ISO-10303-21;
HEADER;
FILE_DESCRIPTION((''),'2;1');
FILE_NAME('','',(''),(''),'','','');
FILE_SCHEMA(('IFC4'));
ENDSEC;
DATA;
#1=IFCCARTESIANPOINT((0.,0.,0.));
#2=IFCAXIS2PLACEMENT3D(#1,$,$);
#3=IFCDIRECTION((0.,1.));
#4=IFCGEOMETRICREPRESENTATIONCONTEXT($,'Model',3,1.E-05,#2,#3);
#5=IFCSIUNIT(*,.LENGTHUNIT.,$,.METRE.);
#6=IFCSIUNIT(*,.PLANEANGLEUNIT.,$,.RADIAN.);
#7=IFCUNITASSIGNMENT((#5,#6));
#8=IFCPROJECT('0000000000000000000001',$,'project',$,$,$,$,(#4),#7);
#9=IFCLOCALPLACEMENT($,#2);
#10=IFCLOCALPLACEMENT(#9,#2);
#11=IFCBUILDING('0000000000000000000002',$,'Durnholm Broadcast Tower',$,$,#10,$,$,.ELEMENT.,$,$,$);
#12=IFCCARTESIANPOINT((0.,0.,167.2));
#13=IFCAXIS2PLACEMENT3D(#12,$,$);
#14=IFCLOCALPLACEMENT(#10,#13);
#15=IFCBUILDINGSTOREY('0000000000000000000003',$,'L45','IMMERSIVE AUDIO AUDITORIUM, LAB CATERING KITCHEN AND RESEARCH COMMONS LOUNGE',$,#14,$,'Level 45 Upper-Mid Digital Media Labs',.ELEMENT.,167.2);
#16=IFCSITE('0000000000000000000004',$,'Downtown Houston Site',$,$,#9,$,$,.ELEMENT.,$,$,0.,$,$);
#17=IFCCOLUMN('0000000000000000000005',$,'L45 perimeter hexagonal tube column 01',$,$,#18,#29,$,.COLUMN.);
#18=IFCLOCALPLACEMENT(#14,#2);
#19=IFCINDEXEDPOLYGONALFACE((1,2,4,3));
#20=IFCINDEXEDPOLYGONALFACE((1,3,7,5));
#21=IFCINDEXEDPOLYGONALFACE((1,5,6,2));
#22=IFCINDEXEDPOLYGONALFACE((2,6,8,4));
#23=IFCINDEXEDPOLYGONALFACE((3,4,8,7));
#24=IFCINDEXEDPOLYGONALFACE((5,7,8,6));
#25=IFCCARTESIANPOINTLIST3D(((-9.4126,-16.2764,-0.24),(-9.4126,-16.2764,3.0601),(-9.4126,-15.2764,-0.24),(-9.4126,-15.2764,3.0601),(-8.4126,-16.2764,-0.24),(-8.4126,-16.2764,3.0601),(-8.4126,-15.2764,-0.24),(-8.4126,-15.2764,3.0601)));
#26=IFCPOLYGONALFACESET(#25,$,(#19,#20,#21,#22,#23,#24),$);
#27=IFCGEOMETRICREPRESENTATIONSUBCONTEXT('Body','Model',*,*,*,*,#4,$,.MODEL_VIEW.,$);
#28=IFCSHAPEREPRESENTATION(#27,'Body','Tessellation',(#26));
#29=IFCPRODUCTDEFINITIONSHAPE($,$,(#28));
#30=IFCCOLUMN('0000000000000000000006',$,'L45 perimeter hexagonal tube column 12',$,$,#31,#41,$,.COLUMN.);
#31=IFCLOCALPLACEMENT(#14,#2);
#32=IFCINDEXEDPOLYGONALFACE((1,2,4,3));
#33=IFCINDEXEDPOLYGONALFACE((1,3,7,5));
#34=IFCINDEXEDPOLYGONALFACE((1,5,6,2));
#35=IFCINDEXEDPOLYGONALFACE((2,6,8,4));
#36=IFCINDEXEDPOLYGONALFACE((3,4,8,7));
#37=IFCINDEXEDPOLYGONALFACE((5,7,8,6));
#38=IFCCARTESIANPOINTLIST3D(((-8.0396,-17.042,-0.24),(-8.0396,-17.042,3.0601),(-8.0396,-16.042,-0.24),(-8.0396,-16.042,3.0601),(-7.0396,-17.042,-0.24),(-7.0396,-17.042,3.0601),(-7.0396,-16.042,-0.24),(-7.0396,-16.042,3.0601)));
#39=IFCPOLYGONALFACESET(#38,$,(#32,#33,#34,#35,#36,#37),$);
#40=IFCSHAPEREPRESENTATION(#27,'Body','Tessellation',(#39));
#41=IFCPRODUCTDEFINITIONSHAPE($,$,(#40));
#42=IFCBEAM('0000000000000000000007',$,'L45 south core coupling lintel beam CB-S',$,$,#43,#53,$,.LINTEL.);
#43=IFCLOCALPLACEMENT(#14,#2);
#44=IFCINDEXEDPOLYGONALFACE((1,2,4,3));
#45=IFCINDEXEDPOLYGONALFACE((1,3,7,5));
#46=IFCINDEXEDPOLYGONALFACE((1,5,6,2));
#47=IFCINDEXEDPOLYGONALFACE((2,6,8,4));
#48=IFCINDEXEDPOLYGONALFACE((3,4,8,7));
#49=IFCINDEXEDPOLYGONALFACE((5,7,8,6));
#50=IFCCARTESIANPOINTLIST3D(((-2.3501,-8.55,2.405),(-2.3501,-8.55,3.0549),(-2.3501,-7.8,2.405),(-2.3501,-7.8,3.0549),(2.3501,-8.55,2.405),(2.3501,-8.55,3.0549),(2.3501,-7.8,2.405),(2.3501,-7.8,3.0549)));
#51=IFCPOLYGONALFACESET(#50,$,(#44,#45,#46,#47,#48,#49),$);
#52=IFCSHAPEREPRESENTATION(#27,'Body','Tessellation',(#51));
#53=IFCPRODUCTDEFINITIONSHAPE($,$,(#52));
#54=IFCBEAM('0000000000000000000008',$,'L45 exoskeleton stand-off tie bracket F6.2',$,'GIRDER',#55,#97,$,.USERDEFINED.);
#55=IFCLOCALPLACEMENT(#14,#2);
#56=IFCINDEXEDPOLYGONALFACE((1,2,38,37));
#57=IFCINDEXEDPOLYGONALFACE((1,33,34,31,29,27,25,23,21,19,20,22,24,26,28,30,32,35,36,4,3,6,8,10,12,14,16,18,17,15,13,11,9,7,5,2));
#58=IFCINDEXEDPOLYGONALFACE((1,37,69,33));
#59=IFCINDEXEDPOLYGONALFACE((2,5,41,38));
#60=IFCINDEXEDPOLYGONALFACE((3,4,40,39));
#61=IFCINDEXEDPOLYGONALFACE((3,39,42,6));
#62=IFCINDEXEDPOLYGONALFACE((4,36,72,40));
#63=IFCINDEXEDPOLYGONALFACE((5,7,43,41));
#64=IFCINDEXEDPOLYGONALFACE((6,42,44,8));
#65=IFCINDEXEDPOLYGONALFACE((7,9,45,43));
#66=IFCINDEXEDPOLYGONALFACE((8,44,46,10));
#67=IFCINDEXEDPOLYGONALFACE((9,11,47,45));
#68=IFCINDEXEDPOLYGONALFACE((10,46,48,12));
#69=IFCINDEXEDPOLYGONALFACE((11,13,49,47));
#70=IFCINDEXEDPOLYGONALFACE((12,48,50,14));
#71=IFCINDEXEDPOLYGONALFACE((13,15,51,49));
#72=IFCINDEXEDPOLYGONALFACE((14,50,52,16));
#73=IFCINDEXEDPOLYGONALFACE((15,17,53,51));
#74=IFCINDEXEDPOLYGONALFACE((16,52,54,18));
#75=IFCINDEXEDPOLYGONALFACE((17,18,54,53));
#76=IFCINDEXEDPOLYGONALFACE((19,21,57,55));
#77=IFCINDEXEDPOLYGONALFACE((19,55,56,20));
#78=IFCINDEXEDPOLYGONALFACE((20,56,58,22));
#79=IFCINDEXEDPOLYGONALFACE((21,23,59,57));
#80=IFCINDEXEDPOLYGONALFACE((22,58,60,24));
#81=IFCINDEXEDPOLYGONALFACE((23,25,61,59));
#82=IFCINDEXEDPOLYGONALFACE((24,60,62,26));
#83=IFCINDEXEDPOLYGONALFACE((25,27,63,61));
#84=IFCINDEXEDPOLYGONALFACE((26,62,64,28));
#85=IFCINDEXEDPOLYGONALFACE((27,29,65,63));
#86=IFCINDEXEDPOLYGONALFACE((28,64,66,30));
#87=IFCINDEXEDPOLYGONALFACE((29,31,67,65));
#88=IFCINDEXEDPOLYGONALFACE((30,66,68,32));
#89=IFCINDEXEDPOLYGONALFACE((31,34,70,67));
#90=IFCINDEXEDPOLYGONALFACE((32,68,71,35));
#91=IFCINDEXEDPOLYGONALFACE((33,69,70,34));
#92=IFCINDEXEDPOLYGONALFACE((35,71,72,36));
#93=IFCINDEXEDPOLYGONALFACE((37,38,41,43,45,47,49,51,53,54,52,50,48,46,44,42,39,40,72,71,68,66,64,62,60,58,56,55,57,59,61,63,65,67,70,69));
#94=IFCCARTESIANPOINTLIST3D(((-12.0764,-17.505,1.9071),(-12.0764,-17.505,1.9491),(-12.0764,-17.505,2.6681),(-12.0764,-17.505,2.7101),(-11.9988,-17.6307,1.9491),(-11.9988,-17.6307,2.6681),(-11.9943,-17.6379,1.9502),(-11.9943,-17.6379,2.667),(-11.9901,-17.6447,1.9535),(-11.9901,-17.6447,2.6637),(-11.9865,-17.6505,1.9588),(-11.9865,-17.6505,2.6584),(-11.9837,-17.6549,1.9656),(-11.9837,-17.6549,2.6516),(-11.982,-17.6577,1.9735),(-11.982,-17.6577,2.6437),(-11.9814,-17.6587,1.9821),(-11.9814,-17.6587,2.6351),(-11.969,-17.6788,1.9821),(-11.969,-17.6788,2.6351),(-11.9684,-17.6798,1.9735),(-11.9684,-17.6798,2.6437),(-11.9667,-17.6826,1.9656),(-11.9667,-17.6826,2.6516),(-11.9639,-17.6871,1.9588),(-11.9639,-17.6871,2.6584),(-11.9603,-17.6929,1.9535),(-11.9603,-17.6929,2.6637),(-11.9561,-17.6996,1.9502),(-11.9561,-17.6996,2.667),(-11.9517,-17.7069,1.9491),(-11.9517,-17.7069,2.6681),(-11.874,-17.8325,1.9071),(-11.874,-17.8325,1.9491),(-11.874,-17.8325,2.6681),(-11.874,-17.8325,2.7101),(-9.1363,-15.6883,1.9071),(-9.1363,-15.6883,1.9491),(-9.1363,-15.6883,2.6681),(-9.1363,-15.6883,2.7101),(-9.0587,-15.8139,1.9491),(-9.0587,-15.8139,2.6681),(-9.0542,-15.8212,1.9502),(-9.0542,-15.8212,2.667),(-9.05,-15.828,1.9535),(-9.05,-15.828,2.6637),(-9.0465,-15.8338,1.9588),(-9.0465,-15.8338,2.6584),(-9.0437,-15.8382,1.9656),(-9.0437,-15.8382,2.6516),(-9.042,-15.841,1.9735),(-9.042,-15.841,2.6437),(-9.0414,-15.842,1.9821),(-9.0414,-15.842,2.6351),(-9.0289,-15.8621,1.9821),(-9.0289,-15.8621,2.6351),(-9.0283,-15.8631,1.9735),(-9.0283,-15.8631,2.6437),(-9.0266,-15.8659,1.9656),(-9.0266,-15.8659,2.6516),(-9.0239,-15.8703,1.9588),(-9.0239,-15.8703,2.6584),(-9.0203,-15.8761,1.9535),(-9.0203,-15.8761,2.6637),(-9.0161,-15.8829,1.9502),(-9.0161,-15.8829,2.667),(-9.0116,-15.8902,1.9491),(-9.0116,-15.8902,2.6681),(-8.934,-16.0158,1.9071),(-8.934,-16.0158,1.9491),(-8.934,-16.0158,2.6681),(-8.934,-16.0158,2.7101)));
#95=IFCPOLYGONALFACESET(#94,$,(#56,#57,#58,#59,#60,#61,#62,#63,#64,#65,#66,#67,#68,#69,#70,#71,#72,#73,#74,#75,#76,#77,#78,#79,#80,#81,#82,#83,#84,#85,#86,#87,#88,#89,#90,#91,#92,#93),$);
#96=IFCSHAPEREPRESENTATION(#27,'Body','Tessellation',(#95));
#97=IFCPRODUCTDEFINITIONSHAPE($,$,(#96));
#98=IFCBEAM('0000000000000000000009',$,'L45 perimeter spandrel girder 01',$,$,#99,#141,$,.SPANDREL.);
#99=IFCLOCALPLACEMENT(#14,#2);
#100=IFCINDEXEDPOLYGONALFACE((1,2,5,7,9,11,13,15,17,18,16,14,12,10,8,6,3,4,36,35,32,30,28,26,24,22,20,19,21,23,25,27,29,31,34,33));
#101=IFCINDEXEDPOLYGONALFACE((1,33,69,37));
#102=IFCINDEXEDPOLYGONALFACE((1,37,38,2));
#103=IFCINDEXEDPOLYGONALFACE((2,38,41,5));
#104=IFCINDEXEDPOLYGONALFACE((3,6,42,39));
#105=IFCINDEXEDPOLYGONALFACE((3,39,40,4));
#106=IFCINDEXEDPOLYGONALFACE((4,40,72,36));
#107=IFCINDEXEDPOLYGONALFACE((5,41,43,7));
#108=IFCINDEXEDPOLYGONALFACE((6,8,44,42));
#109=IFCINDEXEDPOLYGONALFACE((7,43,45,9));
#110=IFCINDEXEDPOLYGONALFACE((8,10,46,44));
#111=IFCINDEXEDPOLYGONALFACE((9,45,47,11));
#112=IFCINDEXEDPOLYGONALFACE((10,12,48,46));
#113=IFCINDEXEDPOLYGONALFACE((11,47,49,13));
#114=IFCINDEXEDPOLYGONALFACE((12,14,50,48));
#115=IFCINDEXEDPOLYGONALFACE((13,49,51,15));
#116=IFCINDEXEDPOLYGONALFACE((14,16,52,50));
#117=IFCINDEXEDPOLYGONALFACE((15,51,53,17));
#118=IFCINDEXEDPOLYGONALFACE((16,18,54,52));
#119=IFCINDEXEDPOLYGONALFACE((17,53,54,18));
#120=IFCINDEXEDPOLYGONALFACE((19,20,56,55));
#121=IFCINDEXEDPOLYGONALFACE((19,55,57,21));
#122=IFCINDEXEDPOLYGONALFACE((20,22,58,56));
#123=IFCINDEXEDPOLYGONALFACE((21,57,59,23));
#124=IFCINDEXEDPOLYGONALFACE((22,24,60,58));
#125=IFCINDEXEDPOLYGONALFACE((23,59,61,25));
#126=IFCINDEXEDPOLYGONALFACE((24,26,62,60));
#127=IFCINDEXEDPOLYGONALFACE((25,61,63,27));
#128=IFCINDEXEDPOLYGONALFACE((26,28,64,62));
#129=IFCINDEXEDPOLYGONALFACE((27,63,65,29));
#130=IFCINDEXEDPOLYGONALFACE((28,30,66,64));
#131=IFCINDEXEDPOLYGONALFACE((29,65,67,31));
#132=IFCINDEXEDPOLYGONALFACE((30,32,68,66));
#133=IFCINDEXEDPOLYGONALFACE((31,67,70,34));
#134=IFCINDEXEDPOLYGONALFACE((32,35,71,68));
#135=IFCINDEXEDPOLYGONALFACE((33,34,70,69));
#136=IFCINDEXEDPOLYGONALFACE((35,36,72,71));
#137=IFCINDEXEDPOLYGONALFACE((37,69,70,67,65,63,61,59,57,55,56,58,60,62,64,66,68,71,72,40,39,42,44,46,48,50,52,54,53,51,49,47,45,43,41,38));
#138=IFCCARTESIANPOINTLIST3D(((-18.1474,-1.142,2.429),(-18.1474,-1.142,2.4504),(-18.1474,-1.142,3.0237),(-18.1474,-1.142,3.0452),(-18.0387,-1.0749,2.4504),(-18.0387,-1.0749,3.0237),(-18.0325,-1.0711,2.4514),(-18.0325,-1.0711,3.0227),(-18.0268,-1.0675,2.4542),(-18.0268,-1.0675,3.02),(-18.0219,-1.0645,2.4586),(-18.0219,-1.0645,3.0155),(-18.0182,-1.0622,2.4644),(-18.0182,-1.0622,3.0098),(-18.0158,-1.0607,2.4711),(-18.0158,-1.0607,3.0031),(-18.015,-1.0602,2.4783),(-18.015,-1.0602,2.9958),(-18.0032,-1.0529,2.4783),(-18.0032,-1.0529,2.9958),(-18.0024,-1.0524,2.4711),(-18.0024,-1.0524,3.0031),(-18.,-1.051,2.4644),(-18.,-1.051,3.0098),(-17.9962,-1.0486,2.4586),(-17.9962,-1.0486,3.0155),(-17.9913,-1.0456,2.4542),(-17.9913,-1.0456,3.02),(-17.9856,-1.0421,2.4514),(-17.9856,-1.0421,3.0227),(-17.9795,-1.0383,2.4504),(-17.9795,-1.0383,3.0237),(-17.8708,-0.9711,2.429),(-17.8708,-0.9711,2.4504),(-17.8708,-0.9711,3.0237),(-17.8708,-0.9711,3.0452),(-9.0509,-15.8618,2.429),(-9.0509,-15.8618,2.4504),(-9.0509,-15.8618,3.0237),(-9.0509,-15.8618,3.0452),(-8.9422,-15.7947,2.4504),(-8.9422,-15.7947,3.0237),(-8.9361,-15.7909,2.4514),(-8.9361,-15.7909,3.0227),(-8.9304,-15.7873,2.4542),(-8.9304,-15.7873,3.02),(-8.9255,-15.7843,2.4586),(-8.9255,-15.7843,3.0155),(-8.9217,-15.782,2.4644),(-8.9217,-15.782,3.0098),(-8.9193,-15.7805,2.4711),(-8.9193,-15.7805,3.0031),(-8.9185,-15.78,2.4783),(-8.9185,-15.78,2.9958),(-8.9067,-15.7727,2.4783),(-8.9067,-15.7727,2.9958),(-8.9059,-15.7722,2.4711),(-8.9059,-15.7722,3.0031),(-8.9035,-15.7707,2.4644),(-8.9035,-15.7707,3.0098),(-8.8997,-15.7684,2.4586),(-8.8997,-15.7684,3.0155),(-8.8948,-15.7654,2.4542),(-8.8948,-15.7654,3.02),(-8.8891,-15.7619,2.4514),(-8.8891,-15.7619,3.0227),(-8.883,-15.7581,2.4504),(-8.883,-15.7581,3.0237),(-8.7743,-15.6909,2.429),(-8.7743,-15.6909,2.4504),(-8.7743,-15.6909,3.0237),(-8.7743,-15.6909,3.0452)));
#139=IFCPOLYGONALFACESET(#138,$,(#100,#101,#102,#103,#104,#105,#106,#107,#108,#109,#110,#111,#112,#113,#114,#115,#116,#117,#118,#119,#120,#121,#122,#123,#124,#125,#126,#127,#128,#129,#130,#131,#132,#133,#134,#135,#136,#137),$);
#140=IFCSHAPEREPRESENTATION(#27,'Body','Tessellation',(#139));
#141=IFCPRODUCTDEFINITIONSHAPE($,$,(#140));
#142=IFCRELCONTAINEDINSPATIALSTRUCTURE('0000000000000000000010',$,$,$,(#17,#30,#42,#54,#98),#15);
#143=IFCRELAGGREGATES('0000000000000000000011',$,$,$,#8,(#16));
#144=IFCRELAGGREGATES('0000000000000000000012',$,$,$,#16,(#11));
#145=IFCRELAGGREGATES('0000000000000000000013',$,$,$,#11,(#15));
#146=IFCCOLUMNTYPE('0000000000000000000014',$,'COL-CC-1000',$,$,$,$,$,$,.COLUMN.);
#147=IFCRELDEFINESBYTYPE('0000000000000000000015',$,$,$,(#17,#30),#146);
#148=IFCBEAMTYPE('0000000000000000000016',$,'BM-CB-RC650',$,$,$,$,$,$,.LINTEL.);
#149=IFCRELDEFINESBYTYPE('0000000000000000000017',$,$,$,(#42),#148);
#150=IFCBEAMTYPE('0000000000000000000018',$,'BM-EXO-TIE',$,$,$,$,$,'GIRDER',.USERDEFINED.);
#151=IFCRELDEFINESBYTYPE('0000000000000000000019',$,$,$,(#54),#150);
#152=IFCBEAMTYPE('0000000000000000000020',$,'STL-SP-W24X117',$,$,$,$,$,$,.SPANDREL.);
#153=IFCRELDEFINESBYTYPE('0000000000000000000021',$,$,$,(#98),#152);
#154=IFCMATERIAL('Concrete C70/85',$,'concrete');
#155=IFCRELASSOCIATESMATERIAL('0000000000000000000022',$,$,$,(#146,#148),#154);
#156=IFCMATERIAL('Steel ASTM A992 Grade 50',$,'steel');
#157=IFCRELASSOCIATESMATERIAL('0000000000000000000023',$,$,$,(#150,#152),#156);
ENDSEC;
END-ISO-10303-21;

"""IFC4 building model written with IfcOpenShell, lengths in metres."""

from ifc_helpers import new_model, si_unit, direction, frame, origin, origin_2d, place, context, subcontext, project, spatial, rectangle, i_section, extrude, source, transform, mapped, material, material_profile, profile_set, type_object, type_shapes, element, save


model = new_model("IFC4")

# Units and contexts
model_context = context("Model", 3, precision=1e-05, world=origin(), true_north=direction((0.0, 1.0)))
body_context = subcontext(model_context, "Body", "Model", "MODEL_VIEW")
ifc_project = project(units=[si_unit("LENGTHUNIT", "METRE"), si_unit("PLANEANGLEUNIT", "RADIAN")], contexts=[model_context])

# Site, building, storey
site_placement = place(None, origin())
site = spatial("IfcSite", under=ifc_project, at=site_placement, Name="Downtown Houston Site", CompositionType="ELEMENT", RefElevation=0.0)
building_placement = place(site_placement, origin())
building = spatial("IfcBuilding", under=site, at=building_placement, Name="Durnholm Broadcast Tower", CompositionType="ELEMENT")
storey_placement = place(building_placement, frame((0.0, 0.0, 167.2)))
storey = spatial("IfcBuildingStorey", under=building, at=storey_placement, Name="L45", Description="IMMERSIVE AUDIO AUDITORIUM, LAB CATERING KITCHEN AND RESEARCH COMMONS LOUNGE", LongName="Level 45 Upper-Mid Digital Media Labs", CompositionType="ELEMENT", Elevation=167.2)

# Columns
ifc_material_1 = material(Name="Concrete C70/85", Category="concrete")
ifc_material_profile_1 = material_profile(ifc_material_1, rectangle(XDim=1.0, YDim=1.0, at=origin_2d()), Name="RC1000X1000")
ifc_profile_set_1 = profile_set([ifc_material_profile_1], Name="Concrete C70/85")
column_type = type_object("IfcColumnType", Name="COL-CC-1000", PredefinedType="COLUMN", material=ifc_profile_set_1)
shared_shape_1 = source(origin(), body_context, "Body", "SweptSolid", [
    extrude(rectangle(XDim=1.0, YDim=1.0, at=origin_2d()), origin(), (0.0, 0.0, 1.0), 3.3),
])
type_shapes(column_type, [shared_shape_1])
for number, where, z_axis, x_axis, name in (
    (1, (-8.9126, -15.7764, -0.24), (0.0, 0.0, 1.0), (1.0, 0.0, 0.0), "L45 perimeter hexagonal tube column 01"),
    (2, (-7.5396, -16.542, -0.24), (0.0, 0.0, 1.0), (1.0, 0.0, 0.0), "L45 perimeter hexagonal tube column 12"),
):
    element("IfcColumn", number, at=place(storey_placement, frame(where, z_axis=z_axis, x_axis=x_axis)), inside=storey, type_object=column_type, Name=name, PredefinedType="COLUMN", context=body_context, shape_type="MappedRepresentation", body=[
        mapped(shared_shape_1, transform((0.0, 0.0, 0.0), x_axis=(1.0, 0.0, 0.0), y_axis=(0.0, 1.0, 0.0), z_axis=(0.0, 0.0, 1.0), scale=1.0)),
    ])

# Beams
ifc_material_profile_2 = material_profile(ifc_material_1, rectangle(XDim=0.75, YDim=0.6499, at=origin_2d()), Name="RC750X650")
ifc_profile_set_2 = profile_set([ifc_material_profile_2], Name="Concrete C70/85")
beam_type_1 = type_object("IfcBeamType", Name="BM-CB-RC650", PredefinedType="LINTEL", material=ifc_profile_set_2)
shared_shape_2 = source(origin(), body_context, "Body", "SweptSolid", [
    extrude(rectangle(XDim=0.75, YDim=0.6499, at=origin_2d()), origin(), (0.0, 0.0, 1.0), 4.7002),
])
type_shapes(beam_type_1, [shared_shape_2])
beam_1_placement = place(storey_placement, frame((-2.3501, -8.175, 2.73), z_axis=(1.0, 0.0, 0.0), x_axis=(0.0, 1.0, 0.0)))
element("IfcBeam", 3, at=beam_1_placement, inside=storey, type_object=beam_type_1, Name="L45 south core coupling lintel beam CB-S", PredefinedType="LINTEL", context=body_context, shape_type="MappedRepresentation", body=[
    mapped(shared_shape_2, transform((0.0, 0.0, 0.0), x_axis=(1.0, 0.0, 0.0), y_axis=(0.0, 1.0, 0.0), z_axis=(0.0, 0.0, 1.0), scale=1.0)),
])
ifc_material_2 = material(Name="Steel ASTM A992 Grade 50", Category="steel")
ifc_material_profile_3 = material_profile(ifc_material_2, i_section(OverallWidth=0.385, OverallDepth=0.803, WebThickness=0.0237, FlangeThickness=0.042, FilletRadius=0.033, at=origin_2d()), Name="W30X261")
ifc_profile_set_3 = profile_set([ifc_material_profile_3], Name="Steel ASTM A992 Grade 50")
beam_type_2 = type_object("IfcBeamType", Name="BM-EXO-TIE", ElementType="GIRDER", PredefinedType="USERDEFINED", material=ifc_profile_set_3)
shared_shape_3 = source(origin(), body_context, "Body", "SweptSolid", [
    extrude(i_section(OverallWidth=0.385, OverallDepth=0.803, WebThickness=0.0237, FlangeThickness=0.042, FilletRadius=0.033, at=origin_2d()), origin(), (0.0, 0.0, 1.0), 3.4561),
])
type_shapes(beam_type_2, [shared_shape_3])
beam_2_placement = place(storey_placement, frame((-9.0352, -15.8521, 2.3086), z_axis=(-0.850694, -0.525661, 0.0), x_axis=(0.525661, -0.850694, 0.0)))
element("IfcBeam", 4, at=beam_2_placement, inside=storey, type_object=beam_type_2, Name="L45 exoskeleton stand-off tie bracket F6.2", ObjectType="GIRDER", PredefinedType="USERDEFINED", context=body_context, shape_type="MappedRepresentation", body=[
    mapped(shared_shape_3, transform((0.0, 0.0, 0.0), x_axis=(1.0, 0.0, 0.0), y_axis=(0.0, 1.0, 0.0), z_axis=(0.0, 0.0, 1.0), scale=1.0)),
])
ifc_material_profile_4 = material_profile(ifc_material_2, i_section(OverallWidth=0.3252, OverallDepth=0.6162, WebThickness=0.0139, FlangeThickness=0.0215, FilletRadius=0.0278, at=origin_2d()), Name="W24X117")
ifc_profile_set_4 = profile_set([ifc_material_profile_4], Name="Steel ASTM A992 Grade 50")
beam_type_3 = type_object("IfcBeamType", Name="STL-SP-W24X117", PredefinedType="SPANDREL", material=ifc_profile_set_4)
shared_shape_4 = source(origin(), body_context, "Body", "SweptSolid", [
    extrude(i_section(OverallWidth=0.3252, OverallDepth=0.6162, WebThickness=0.0139, FlangeThickness=0.0215, FilletRadius=0.0278, at=origin_2d()), origin(), (0.0, 0.0, 1.0), 17.3037),
])
beam_3_placement = place(storey_placement, frame((-8.9126, -15.7764, 2.7371), z_axis=(-0.525695, 0.850673, 0.0), x_axis=(-0.850673, -0.525695, 0.0)))
element("IfcBeam", 5, at=beam_3_placement, inside=storey, type_object=beam_type_3, Name="L45 perimeter spandrel girder 01", PredefinedType="SPANDREL", context=body_context, shape_type="MappedRepresentation", body=[
    mapped(shared_shape_4, transform((0.0, 0.0, 0.0), x_axis=(1.0, 0.0, 0.0), y_axis=(0.0, 1.0, 0.0), z_axis=(0.0, 0.0, 1.0), scale=1.0)),
])

save(model, "model.ifc")
